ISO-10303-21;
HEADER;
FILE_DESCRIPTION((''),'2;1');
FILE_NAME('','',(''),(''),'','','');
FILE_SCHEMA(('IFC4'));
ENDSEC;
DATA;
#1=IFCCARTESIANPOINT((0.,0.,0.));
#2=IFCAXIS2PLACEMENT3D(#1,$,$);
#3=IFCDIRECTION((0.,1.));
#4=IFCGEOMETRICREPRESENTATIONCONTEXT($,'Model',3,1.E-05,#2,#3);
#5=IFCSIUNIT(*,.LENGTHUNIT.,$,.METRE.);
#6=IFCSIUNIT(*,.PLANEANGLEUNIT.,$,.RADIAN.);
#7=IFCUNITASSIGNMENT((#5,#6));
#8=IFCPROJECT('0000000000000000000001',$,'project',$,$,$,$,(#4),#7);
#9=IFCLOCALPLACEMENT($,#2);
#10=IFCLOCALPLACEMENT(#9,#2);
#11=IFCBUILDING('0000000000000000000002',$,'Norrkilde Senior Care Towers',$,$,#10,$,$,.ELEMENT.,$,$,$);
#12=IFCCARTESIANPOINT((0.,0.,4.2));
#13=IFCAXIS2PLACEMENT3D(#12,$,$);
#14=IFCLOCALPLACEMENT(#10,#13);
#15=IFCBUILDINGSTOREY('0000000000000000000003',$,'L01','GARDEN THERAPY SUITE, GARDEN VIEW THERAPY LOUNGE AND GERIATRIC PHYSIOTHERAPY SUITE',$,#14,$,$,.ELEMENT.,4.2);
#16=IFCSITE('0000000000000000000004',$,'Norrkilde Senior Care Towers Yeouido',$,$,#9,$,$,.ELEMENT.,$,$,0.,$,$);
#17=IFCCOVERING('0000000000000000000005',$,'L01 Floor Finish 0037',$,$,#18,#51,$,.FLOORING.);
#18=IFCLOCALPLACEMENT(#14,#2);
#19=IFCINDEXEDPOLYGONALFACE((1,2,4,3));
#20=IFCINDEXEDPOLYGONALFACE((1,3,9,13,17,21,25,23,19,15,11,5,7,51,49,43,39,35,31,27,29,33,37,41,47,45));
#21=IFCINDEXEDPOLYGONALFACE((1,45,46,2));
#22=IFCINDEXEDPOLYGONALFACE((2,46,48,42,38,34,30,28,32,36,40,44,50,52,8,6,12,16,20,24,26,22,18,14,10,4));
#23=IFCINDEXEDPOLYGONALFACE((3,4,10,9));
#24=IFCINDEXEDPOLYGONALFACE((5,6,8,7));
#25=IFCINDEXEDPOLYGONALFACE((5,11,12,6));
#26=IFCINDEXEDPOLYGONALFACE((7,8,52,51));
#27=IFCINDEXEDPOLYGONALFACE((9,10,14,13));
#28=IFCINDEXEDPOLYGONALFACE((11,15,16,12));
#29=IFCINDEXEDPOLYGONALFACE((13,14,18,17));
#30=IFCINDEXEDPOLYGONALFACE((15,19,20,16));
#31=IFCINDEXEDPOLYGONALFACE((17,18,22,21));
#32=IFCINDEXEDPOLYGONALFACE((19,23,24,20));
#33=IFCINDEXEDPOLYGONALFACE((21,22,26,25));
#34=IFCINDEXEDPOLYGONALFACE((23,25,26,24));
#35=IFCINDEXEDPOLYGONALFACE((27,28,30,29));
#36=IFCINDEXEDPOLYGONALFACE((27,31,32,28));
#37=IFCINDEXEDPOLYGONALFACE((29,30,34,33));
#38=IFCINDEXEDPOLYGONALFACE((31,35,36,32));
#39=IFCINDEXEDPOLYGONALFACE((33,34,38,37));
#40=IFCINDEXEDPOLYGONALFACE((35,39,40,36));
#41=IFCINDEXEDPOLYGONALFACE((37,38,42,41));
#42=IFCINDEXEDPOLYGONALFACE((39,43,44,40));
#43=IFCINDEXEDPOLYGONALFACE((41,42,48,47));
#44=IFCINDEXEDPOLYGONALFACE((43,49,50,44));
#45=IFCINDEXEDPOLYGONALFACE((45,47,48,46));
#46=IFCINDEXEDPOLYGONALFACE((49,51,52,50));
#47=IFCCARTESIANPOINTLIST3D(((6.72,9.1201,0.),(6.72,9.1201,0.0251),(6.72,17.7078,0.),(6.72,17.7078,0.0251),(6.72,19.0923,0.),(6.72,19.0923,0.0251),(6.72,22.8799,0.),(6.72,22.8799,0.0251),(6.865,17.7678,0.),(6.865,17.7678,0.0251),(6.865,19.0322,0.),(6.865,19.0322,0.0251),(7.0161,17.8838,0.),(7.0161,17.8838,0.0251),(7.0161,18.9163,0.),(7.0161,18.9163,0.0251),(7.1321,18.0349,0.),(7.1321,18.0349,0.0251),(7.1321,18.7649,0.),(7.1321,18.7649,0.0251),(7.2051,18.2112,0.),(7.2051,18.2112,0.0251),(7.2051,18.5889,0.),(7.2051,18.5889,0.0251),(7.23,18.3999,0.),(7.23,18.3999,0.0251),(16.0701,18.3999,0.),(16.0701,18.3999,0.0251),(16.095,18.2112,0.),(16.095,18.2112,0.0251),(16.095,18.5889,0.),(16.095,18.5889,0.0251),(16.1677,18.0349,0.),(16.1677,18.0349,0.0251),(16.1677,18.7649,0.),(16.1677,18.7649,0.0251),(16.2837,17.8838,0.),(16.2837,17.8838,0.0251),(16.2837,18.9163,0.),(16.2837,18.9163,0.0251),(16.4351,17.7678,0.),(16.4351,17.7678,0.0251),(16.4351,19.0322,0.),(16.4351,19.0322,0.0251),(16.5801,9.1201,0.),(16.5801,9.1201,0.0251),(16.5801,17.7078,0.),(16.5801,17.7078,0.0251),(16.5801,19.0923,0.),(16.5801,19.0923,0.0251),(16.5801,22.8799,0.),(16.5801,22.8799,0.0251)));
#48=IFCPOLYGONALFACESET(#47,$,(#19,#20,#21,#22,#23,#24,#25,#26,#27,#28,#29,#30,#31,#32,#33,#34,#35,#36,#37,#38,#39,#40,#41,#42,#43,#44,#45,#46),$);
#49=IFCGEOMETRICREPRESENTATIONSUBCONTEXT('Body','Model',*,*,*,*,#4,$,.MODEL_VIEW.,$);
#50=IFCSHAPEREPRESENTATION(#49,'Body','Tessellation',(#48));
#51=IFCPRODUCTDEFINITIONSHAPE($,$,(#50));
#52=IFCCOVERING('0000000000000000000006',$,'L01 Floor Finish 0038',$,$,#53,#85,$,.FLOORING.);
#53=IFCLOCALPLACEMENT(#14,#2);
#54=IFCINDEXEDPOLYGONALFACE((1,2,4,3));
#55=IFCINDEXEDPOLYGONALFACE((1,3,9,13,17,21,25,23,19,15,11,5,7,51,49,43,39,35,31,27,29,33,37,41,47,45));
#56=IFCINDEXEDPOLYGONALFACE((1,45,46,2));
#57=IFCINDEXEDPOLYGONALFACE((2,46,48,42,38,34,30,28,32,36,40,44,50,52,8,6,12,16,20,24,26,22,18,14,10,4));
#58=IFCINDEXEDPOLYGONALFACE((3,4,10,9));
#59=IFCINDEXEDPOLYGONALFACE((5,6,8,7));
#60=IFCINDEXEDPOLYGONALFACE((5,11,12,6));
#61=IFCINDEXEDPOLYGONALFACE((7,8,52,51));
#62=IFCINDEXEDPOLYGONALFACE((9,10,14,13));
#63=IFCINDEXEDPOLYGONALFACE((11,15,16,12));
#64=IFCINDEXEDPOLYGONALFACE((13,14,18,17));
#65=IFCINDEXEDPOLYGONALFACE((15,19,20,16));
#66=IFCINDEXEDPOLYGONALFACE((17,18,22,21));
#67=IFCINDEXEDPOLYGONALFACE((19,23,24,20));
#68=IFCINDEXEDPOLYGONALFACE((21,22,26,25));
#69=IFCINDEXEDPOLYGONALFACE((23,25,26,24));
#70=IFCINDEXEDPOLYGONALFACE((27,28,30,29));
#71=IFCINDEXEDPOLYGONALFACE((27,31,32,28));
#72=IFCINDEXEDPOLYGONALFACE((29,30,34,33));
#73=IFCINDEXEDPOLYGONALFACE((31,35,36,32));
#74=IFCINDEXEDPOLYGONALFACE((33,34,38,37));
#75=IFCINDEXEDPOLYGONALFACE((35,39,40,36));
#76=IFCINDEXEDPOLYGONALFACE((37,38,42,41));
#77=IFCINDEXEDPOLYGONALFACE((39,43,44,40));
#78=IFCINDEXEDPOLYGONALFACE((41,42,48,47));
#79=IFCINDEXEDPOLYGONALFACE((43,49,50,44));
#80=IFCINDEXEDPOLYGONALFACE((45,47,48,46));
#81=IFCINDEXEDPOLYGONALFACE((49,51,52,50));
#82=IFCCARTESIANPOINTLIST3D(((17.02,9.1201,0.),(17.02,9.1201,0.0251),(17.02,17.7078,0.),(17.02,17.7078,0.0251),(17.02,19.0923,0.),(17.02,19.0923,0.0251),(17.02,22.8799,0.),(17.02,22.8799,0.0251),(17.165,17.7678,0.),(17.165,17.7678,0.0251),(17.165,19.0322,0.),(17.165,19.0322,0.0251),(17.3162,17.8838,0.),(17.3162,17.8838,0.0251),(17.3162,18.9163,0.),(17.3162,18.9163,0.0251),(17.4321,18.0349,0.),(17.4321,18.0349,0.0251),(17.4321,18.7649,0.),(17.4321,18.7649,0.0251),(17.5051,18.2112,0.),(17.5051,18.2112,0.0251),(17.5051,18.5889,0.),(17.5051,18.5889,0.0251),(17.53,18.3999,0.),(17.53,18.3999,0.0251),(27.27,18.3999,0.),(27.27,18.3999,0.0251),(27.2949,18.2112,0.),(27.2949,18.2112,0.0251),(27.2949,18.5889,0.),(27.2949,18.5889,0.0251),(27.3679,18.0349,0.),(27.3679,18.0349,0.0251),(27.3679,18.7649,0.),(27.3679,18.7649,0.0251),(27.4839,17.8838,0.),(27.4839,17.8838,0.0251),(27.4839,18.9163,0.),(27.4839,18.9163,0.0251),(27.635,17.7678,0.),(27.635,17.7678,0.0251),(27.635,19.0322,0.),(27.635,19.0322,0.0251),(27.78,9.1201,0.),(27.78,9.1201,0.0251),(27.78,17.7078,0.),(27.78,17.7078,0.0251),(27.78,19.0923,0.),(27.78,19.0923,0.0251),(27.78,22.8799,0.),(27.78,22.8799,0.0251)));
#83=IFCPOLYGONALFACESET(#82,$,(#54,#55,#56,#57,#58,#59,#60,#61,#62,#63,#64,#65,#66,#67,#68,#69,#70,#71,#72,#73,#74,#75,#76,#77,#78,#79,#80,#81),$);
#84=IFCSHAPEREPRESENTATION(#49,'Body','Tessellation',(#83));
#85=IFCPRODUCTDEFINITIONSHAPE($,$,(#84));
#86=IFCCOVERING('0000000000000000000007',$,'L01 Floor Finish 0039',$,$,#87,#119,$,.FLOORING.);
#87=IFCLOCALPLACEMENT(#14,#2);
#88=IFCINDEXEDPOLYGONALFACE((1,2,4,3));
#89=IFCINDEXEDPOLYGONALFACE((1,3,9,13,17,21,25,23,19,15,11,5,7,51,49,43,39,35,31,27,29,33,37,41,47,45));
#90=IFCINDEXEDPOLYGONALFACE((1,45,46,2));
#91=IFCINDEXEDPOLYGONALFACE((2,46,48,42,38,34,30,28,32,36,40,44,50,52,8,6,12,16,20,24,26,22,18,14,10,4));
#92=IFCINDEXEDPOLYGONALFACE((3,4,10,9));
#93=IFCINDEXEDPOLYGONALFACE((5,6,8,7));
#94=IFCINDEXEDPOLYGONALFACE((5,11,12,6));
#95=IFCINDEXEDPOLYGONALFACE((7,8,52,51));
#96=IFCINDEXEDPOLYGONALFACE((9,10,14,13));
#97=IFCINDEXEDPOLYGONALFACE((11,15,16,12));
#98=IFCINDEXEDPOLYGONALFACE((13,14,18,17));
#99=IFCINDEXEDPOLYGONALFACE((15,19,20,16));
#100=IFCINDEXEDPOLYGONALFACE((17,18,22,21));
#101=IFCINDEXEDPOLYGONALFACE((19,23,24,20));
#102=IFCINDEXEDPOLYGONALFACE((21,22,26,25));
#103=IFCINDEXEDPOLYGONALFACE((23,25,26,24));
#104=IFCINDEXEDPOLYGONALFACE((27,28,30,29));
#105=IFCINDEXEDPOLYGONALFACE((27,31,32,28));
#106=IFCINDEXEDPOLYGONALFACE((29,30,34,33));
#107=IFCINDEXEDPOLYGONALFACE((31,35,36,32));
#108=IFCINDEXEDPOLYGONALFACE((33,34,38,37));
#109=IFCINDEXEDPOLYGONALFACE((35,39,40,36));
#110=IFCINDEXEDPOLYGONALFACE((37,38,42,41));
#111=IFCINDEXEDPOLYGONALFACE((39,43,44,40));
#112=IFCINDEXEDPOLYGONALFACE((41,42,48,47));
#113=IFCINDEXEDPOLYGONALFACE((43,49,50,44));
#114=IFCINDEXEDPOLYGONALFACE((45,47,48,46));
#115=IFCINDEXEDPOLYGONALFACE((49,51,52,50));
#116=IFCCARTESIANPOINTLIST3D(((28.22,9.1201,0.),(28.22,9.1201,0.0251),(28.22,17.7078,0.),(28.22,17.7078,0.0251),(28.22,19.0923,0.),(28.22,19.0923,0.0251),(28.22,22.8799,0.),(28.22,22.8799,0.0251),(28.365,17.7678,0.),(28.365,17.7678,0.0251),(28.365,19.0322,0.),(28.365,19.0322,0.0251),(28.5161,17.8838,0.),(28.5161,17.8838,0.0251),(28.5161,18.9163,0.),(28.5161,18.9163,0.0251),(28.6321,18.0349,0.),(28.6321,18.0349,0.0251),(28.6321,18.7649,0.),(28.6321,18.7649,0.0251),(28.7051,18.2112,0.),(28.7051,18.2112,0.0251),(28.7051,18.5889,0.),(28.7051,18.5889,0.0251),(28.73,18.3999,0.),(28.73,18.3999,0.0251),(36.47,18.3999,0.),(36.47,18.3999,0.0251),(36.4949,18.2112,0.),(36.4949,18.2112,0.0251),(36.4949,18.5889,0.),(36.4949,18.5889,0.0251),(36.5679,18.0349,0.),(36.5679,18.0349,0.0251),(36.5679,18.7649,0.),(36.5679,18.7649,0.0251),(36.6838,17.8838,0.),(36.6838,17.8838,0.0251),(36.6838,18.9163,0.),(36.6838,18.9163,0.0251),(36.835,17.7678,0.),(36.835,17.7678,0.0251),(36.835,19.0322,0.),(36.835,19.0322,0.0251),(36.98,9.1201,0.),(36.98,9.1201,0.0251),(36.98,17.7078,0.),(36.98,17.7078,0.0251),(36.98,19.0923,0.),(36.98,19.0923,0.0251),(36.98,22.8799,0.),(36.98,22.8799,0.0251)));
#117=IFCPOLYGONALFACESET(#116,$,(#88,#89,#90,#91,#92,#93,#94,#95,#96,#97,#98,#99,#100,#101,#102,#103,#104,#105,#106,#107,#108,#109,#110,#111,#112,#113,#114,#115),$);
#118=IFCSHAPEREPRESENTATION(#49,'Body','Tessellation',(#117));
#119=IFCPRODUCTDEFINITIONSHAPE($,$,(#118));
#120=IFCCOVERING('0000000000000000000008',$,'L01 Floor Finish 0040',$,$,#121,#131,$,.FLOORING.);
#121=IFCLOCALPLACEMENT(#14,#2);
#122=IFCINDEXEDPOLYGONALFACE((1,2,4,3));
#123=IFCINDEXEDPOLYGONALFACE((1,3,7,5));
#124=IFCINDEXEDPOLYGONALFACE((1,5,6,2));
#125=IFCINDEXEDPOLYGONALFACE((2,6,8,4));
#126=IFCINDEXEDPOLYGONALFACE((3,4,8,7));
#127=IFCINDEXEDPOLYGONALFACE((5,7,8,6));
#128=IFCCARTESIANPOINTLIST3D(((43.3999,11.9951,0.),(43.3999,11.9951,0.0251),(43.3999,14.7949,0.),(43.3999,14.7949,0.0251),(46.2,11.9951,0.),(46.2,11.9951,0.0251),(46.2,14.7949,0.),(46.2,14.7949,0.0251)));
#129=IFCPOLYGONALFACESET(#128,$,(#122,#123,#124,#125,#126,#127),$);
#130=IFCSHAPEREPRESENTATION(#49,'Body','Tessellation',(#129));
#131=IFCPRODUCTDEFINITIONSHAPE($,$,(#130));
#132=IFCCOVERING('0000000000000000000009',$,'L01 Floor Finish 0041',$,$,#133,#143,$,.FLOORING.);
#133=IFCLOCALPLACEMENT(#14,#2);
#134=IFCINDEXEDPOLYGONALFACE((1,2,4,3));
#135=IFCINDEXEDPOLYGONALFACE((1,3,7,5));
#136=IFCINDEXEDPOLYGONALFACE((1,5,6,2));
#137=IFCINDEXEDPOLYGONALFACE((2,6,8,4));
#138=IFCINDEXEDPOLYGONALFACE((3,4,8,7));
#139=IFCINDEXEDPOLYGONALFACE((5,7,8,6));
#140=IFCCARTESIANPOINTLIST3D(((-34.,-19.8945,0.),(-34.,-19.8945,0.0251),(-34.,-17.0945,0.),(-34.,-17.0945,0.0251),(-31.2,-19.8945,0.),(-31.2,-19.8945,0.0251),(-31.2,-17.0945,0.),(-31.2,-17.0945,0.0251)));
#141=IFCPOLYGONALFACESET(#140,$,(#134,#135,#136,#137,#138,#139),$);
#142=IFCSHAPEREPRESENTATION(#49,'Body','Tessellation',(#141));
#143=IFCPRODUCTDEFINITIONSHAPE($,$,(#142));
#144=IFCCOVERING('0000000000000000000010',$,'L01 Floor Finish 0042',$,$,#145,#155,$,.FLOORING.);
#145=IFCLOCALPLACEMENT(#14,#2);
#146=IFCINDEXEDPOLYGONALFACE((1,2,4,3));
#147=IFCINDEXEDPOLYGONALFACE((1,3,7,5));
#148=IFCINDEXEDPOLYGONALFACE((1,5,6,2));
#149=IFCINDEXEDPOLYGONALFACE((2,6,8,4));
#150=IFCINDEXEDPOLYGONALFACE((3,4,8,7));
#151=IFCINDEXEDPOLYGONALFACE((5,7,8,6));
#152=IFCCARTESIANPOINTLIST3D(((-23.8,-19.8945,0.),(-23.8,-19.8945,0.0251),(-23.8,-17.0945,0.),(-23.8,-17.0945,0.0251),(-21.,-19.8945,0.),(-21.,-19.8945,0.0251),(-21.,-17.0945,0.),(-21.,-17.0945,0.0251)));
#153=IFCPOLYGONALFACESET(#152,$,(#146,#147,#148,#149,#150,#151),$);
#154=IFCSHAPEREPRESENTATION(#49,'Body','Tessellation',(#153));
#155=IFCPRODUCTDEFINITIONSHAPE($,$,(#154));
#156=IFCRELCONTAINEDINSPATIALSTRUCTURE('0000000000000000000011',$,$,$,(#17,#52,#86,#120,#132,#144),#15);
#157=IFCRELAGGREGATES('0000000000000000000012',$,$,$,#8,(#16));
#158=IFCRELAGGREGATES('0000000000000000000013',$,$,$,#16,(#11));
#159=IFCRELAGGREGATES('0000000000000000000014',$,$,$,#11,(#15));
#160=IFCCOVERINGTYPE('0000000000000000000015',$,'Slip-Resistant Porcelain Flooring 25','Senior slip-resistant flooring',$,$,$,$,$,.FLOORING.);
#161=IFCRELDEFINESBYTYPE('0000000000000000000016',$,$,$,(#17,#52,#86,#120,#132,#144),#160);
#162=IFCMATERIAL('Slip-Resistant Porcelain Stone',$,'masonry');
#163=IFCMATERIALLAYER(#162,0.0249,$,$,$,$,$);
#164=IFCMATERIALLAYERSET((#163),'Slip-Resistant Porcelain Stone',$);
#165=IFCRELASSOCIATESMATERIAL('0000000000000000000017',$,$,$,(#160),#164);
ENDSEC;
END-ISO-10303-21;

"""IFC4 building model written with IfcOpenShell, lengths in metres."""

from ifc_helpers import new_model, si_unit, direction, frame, origin, place, context, subcontext, project, spatial, polyline, outline, extrude, material, layer, layer_set, type_object, element, save


model = new_model("IFC4")

# Units and contexts
model_context = context("Model", 3, precision=1e-05, world=origin(), true_north=direction((0.0, 1.0)))
body_context = subcontext(model_context, "Body", "Model", "MODEL_VIEW")
ifc_project = project(units=[si_unit("LENGTHUNIT", "METRE"), si_unit("PLANEANGLEUNIT", "RADIAN")], contexts=[model_context])

# Site, building, storey
site_placement = place(None, origin())
site = spatial("IfcSite", under=ifc_project, at=site_placement, Name="Norrkilde Senior Care Towers Yeouido", CompositionType="ELEMENT", RefElevation=0.0)
building_placement = place(site_placement, origin())
building = spatial("IfcBuilding", under=site, at=building_placement, Name="Norrkilde Senior Care Towers", CompositionType="ELEMENT")
storey_placement = place(building_placement, frame((0.0, 0.0, 4.2)))
storey = spatial("IfcBuildingStorey", under=building, at=storey_placement, Name="L01", Description="GARDEN THERAPY SUITE, GARDEN VIEW THERAPY LOUNGE AND GERIATRIC PHYSIOTHERAPY SUITE", CompositionType="ELEMENT", Elevation=4.2)

# Coverings
ifc_material_1 = material(Name="Slip-Resistant Porcelain Stone", Category="masonry")
ifc_layer_1 = layer(ifc_material_1, 0.0249)
ifc_layer_set_1 = layer_set([ifc_layer_1], Name="Slip-Resistant Porcelain Stone")
covering_type_1 = type_object("IfcCoveringType", Name="Slip-Resistant Porcelain Flooring 25", Description="Senior slip-resistant flooring", PredefinedType="FLOORING", material=ifc_layer_set_1)
covering_1_placement = place(storey_placement, origin())
element("IfcCovering", 1, at=covering_1_placement, inside=storey, type_object=covering_type_1, Name="L01 Floor Finish 0037", PredefinedType="FLOORING", context=body_context, shape_type="SweptSolid", body=[
    extrude(outline(polyline([(6.72, 9.1201), (6.72, 17.7078), (6.865, 17.7678), (7.0161, 17.8838), (7.1321, 18.0349), (7.2051, 18.2112), (7.23, 18.3999), (7.2051, 18.5889), (7.1321, 18.7649), (7.0161, 18.9163), (6.865, 19.0322), (6.72, 19.0923), (6.72, 22.8799), (16.5801, 22.8799), (16.5801, 19.0923), (16.4351, 19.0322), (16.2837, 18.9163), (16.1677, 18.7649), (16.095, 18.5889), (16.0701, 18.3999), (16.095, 18.2112), (16.1677, 18.0349), (16.2837, 17.8838), (16.4351, 17.7678), (16.5801, 17.7078), (16.5801, 9.1201), (6.72, 9.1201)])), origin(), (0.0, 0.0, 1.0), 0.0251),
])
covering_2_placement = place(storey_placement, origin())
element("IfcCovering", 2, at=covering_2_placement, inside=storey, type_object=covering_type_1, Name="L01 Floor Finish 0038", PredefinedType="FLOORING", context=body_context, shape_type="SweptSolid", body=[
    extrude(outline(polyline([(17.02, 9.1201), (17.02, 17.7078), (17.165, 17.7678), (17.3162, 17.8838), (17.4321, 18.0349), (17.5051, 18.2112), (17.53, 18.3999), (17.5051, 18.5889), (17.4321, 18.7649), (17.3162, 18.9163), (17.165, 19.0322), (17.02, 19.0923), (17.02, 22.8799), (27.78, 22.8799), (27.78, 19.0923), (27.635, 19.0322), (27.4839, 18.9163), (27.3679, 18.7649), (27.2949, 18.5889), (27.27, 18.3999), (27.2949, 18.2112), (27.3679, 18.0349), (27.4839, 17.8838), (27.635, 17.7678), (27.78, 17.7078), (27.78, 9.1201), (17.02, 9.1201)])), origin(), (0.0, 0.0, 1.0), 0.0251),
])
covering_3_placement = place(storey_placement, origin())
element("IfcCovering", 3, at=covering_3_placement, inside=storey, type_object=covering_type_1, Name="L01 Floor Finish 0039", PredefinedType="FLOORING", context=body_context, shape_type="SweptSolid", body=[
    extrude(outline(polyline([(28.22, 9.1201), (28.22, 17.7078), (28.365, 17.7678), (28.5161, 17.8838), (28.6321, 18.0349), (28.7051, 18.2112), (28.73, 18.3999), (28.7051, 18.5889), (28.6321, 18.7649), (28.5161, 18.9163), (28.365, 19.0322), (28.22, 19.0923), (28.22, 22.8799), (36.98, 22.8799), (36.98, 19.0923), (36.835, 19.0322), (36.6838, 18.9163), (36.5679, 18.7649), (36.4949, 18.5889), (36.47, 18.3999), (36.4949, 18.2112), (36.5679, 18.0349), (36.6838, 17.8838), (36.835, 17.7678), (36.98, 17.7078), (36.98, 9.1201), (28.22, 9.1201)])), origin(), (0.0, 0.0, 1.0), 0.0251),
])
covering_4_placement = place(storey_placement, origin())
element("IfcCovering", 4, at=covering_4_placement, inside=storey, type_object=covering_type_1, Name="L01 Floor Finish 0040", PredefinedType="FLOORING", context=body_context, shape_type="SweptSolid", body=[
    extrude(outline(polyline([(43.3999, 11.9951), (43.3999, 14.7949), (46.2, 14.7949), (46.2, 11.9951), (43.3999, 11.9951)])), origin(), (0.0, 0.0, 1.0), 0.0251),
])
covering_5_placement = place(storey_placement, origin())
element("IfcCovering", 5, at=covering_5_placement, inside=storey, type_object=covering_type_1, Name="L01 Floor Finish 0041", PredefinedType="FLOORING", context=body_context, shape_type="SweptSolid", body=[
    extrude(outline(polyline([(-34.0, -19.8945), (-34.0, -17.0945), (-31.2, -17.0945), (-31.2, -19.8945), (-34.0, -19.8945)])), origin(), (0.0, 0.0, 1.0), 0.0251),
])
covering_6_placement = place(storey_placement, origin())
element("IfcCovering", 6, at=covering_6_placement, inside=storey, type_object=covering_type_1, Name="L01 Floor Finish 0042", PredefinedType="FLOORING", context=body_context, shape_type="SweptSolid", body=[
    extrude(outline(polyline([(-23.8, -19.8945), (-23.8, -17.0945), (-21.0, -17.0945), (-21.0, -19.8945), (-23.8, -19.8945)])), origin(), (0.0, 0.0, 1.0), 0.0251),
])

save(model, "model.ifc")
